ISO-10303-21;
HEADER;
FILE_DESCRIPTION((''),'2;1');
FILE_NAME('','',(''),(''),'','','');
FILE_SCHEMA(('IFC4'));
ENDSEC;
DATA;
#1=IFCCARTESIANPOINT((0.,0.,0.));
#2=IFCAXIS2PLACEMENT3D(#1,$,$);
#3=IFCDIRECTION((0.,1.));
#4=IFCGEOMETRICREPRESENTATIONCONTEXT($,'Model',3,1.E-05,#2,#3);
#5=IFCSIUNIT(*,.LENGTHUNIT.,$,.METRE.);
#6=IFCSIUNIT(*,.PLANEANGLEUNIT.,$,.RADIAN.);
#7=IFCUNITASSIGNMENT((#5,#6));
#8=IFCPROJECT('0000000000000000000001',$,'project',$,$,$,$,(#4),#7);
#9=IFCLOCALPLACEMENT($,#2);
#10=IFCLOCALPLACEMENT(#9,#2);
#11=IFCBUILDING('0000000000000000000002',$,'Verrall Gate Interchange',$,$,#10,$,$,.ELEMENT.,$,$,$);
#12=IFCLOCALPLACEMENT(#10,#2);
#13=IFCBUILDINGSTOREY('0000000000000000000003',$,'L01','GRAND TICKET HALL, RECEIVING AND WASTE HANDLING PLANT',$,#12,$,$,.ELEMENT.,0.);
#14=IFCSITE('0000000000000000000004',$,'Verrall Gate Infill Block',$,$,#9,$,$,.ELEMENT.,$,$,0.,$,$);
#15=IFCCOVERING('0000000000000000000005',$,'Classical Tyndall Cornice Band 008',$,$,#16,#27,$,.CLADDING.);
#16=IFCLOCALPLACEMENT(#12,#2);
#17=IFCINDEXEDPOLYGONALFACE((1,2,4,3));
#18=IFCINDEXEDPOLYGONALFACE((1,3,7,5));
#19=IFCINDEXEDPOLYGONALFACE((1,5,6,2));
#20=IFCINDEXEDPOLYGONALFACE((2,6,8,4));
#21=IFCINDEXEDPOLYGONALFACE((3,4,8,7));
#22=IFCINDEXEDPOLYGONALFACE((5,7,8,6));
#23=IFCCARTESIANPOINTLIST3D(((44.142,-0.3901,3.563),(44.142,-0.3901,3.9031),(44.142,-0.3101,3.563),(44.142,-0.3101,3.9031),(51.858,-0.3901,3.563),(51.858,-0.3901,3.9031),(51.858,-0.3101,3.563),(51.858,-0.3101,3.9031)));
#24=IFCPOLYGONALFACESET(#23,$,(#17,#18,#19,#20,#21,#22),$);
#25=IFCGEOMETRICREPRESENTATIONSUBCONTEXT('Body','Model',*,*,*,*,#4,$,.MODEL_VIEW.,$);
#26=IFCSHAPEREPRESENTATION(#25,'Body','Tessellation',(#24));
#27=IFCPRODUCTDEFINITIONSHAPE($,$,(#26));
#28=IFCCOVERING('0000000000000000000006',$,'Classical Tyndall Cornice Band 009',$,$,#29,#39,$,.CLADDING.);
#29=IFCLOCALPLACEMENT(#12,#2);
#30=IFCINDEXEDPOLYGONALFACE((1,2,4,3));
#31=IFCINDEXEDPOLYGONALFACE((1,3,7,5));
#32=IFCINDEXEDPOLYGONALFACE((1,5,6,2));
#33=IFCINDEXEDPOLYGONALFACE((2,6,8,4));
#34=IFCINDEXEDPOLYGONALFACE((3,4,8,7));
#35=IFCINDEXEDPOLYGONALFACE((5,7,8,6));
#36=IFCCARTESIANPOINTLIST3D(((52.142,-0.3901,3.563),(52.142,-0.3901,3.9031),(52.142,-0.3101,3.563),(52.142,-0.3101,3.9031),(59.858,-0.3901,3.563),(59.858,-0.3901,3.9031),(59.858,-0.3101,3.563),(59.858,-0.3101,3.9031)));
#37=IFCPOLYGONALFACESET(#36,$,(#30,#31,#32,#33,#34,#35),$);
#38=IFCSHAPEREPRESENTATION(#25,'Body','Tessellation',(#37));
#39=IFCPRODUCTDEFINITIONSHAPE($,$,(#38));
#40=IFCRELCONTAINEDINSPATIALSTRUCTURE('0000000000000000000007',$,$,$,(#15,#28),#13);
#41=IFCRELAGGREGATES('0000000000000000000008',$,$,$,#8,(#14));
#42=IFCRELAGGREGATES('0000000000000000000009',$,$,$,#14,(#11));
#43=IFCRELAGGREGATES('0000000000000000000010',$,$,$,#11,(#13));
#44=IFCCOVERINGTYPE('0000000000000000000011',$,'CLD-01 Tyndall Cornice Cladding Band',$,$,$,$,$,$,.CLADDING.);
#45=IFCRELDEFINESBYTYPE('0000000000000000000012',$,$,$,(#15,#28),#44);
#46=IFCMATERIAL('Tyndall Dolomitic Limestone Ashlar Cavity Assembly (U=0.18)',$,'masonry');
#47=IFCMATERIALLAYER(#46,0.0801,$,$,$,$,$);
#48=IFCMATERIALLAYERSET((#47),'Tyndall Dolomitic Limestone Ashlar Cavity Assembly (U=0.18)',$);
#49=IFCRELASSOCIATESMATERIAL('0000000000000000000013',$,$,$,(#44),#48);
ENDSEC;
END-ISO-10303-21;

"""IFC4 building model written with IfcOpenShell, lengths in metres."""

from ifc_helpers import new_model, si_unit, direction, frame, origin, origin_2d, place, context, subcontext, project, spatial, rectangle, extrude, material, layer, layer_set, type_object, element, save


model = new_model("IFC4")

# Units and contexts
model_context = context("Model", 3, precision=1e-05, world=origin(), true_north=direction((0.0, 1.0)))
body_context = subcontext(model_context, "Body", "Model", "MODEL_VIEW")
ifc_project = project(units=[si_unit("LENGTHUNIT", "METRE"), si_unit("PLANEANGLEUNIT", "RADIAN")], contexts=[model_context])

# Site, building, storey
site_placement = place(None, origin())
site = spatial("IfcSite", under=ifc_project, at=site_placement, Name="Verrall Gate Infill Block", CompositionType="ELEMENT", RefElevation=0.0)
building_placement = place(site_placement, origin())
building = spatial("IfcBuilding", under=site, at=building_placement, Name="Verrall Gate Interchange", CompositionType="ELEMENT")
storey_placement = place(building_placement, origin())
storey = spatial("IfcBuildingStorey", under=building, at=storey_placement, Name="L01", Description="GRAND TICKET HALL, RECEIVING AND WASTE HANDLING PLANT", CompositionType="ELEMENT", Elevation=0.0)

# Coverings
ifc_material_1 = material(Name="Tyndall Dolomitic Limestone Ashlar Cavity Assembly (U=0.18)", Category="masonry")
ifc_layer_1 = layer(ifc_material_1, 0.0801)
ifc_layer_set_1 = layer_set([ifc_layer_1], Name="Tyndall Dolomitic Limestone Ashlar Cavity Assembly (U=0.18)")
covering_type = type_object("IfcCoveringType", Name="CLD-01 Tyndall Cornice Cladding Band", PredefinedType="CLADDING", material=ifc_layer_set_1)
for number, where, z_axis, x_axis, name in (
    (1, (48.0, -0.3501, 3.563), (0.0, 0.0, 1.0), (1.0, 0.0, 0.0), "Classical Tyndall Cornice Band 008"),
    (2, (56.0, -0.3501, 3.563), (0.0, 0.0, 1.0), (1.0, 0.0, 0.0), "Classical Tyndall Cornice Band 009"),
):
    element("IfcCovering", number, at=place(storey_placement, frame(where, z_axis=z_axis, x_axis=x_axis)), inside=storey, type_object=covering_type, Name=name, PredefinedType="CLADDING", context=body_context, shape_type="SweptSolid", body=[
        extrude(rectangle(XDim=7.7161, YDim=0.0801, at=origin_2d()), origin(), (0.0, 0.0, 1.0), 0.3401),
    ])

save(model, "model.ifc")
